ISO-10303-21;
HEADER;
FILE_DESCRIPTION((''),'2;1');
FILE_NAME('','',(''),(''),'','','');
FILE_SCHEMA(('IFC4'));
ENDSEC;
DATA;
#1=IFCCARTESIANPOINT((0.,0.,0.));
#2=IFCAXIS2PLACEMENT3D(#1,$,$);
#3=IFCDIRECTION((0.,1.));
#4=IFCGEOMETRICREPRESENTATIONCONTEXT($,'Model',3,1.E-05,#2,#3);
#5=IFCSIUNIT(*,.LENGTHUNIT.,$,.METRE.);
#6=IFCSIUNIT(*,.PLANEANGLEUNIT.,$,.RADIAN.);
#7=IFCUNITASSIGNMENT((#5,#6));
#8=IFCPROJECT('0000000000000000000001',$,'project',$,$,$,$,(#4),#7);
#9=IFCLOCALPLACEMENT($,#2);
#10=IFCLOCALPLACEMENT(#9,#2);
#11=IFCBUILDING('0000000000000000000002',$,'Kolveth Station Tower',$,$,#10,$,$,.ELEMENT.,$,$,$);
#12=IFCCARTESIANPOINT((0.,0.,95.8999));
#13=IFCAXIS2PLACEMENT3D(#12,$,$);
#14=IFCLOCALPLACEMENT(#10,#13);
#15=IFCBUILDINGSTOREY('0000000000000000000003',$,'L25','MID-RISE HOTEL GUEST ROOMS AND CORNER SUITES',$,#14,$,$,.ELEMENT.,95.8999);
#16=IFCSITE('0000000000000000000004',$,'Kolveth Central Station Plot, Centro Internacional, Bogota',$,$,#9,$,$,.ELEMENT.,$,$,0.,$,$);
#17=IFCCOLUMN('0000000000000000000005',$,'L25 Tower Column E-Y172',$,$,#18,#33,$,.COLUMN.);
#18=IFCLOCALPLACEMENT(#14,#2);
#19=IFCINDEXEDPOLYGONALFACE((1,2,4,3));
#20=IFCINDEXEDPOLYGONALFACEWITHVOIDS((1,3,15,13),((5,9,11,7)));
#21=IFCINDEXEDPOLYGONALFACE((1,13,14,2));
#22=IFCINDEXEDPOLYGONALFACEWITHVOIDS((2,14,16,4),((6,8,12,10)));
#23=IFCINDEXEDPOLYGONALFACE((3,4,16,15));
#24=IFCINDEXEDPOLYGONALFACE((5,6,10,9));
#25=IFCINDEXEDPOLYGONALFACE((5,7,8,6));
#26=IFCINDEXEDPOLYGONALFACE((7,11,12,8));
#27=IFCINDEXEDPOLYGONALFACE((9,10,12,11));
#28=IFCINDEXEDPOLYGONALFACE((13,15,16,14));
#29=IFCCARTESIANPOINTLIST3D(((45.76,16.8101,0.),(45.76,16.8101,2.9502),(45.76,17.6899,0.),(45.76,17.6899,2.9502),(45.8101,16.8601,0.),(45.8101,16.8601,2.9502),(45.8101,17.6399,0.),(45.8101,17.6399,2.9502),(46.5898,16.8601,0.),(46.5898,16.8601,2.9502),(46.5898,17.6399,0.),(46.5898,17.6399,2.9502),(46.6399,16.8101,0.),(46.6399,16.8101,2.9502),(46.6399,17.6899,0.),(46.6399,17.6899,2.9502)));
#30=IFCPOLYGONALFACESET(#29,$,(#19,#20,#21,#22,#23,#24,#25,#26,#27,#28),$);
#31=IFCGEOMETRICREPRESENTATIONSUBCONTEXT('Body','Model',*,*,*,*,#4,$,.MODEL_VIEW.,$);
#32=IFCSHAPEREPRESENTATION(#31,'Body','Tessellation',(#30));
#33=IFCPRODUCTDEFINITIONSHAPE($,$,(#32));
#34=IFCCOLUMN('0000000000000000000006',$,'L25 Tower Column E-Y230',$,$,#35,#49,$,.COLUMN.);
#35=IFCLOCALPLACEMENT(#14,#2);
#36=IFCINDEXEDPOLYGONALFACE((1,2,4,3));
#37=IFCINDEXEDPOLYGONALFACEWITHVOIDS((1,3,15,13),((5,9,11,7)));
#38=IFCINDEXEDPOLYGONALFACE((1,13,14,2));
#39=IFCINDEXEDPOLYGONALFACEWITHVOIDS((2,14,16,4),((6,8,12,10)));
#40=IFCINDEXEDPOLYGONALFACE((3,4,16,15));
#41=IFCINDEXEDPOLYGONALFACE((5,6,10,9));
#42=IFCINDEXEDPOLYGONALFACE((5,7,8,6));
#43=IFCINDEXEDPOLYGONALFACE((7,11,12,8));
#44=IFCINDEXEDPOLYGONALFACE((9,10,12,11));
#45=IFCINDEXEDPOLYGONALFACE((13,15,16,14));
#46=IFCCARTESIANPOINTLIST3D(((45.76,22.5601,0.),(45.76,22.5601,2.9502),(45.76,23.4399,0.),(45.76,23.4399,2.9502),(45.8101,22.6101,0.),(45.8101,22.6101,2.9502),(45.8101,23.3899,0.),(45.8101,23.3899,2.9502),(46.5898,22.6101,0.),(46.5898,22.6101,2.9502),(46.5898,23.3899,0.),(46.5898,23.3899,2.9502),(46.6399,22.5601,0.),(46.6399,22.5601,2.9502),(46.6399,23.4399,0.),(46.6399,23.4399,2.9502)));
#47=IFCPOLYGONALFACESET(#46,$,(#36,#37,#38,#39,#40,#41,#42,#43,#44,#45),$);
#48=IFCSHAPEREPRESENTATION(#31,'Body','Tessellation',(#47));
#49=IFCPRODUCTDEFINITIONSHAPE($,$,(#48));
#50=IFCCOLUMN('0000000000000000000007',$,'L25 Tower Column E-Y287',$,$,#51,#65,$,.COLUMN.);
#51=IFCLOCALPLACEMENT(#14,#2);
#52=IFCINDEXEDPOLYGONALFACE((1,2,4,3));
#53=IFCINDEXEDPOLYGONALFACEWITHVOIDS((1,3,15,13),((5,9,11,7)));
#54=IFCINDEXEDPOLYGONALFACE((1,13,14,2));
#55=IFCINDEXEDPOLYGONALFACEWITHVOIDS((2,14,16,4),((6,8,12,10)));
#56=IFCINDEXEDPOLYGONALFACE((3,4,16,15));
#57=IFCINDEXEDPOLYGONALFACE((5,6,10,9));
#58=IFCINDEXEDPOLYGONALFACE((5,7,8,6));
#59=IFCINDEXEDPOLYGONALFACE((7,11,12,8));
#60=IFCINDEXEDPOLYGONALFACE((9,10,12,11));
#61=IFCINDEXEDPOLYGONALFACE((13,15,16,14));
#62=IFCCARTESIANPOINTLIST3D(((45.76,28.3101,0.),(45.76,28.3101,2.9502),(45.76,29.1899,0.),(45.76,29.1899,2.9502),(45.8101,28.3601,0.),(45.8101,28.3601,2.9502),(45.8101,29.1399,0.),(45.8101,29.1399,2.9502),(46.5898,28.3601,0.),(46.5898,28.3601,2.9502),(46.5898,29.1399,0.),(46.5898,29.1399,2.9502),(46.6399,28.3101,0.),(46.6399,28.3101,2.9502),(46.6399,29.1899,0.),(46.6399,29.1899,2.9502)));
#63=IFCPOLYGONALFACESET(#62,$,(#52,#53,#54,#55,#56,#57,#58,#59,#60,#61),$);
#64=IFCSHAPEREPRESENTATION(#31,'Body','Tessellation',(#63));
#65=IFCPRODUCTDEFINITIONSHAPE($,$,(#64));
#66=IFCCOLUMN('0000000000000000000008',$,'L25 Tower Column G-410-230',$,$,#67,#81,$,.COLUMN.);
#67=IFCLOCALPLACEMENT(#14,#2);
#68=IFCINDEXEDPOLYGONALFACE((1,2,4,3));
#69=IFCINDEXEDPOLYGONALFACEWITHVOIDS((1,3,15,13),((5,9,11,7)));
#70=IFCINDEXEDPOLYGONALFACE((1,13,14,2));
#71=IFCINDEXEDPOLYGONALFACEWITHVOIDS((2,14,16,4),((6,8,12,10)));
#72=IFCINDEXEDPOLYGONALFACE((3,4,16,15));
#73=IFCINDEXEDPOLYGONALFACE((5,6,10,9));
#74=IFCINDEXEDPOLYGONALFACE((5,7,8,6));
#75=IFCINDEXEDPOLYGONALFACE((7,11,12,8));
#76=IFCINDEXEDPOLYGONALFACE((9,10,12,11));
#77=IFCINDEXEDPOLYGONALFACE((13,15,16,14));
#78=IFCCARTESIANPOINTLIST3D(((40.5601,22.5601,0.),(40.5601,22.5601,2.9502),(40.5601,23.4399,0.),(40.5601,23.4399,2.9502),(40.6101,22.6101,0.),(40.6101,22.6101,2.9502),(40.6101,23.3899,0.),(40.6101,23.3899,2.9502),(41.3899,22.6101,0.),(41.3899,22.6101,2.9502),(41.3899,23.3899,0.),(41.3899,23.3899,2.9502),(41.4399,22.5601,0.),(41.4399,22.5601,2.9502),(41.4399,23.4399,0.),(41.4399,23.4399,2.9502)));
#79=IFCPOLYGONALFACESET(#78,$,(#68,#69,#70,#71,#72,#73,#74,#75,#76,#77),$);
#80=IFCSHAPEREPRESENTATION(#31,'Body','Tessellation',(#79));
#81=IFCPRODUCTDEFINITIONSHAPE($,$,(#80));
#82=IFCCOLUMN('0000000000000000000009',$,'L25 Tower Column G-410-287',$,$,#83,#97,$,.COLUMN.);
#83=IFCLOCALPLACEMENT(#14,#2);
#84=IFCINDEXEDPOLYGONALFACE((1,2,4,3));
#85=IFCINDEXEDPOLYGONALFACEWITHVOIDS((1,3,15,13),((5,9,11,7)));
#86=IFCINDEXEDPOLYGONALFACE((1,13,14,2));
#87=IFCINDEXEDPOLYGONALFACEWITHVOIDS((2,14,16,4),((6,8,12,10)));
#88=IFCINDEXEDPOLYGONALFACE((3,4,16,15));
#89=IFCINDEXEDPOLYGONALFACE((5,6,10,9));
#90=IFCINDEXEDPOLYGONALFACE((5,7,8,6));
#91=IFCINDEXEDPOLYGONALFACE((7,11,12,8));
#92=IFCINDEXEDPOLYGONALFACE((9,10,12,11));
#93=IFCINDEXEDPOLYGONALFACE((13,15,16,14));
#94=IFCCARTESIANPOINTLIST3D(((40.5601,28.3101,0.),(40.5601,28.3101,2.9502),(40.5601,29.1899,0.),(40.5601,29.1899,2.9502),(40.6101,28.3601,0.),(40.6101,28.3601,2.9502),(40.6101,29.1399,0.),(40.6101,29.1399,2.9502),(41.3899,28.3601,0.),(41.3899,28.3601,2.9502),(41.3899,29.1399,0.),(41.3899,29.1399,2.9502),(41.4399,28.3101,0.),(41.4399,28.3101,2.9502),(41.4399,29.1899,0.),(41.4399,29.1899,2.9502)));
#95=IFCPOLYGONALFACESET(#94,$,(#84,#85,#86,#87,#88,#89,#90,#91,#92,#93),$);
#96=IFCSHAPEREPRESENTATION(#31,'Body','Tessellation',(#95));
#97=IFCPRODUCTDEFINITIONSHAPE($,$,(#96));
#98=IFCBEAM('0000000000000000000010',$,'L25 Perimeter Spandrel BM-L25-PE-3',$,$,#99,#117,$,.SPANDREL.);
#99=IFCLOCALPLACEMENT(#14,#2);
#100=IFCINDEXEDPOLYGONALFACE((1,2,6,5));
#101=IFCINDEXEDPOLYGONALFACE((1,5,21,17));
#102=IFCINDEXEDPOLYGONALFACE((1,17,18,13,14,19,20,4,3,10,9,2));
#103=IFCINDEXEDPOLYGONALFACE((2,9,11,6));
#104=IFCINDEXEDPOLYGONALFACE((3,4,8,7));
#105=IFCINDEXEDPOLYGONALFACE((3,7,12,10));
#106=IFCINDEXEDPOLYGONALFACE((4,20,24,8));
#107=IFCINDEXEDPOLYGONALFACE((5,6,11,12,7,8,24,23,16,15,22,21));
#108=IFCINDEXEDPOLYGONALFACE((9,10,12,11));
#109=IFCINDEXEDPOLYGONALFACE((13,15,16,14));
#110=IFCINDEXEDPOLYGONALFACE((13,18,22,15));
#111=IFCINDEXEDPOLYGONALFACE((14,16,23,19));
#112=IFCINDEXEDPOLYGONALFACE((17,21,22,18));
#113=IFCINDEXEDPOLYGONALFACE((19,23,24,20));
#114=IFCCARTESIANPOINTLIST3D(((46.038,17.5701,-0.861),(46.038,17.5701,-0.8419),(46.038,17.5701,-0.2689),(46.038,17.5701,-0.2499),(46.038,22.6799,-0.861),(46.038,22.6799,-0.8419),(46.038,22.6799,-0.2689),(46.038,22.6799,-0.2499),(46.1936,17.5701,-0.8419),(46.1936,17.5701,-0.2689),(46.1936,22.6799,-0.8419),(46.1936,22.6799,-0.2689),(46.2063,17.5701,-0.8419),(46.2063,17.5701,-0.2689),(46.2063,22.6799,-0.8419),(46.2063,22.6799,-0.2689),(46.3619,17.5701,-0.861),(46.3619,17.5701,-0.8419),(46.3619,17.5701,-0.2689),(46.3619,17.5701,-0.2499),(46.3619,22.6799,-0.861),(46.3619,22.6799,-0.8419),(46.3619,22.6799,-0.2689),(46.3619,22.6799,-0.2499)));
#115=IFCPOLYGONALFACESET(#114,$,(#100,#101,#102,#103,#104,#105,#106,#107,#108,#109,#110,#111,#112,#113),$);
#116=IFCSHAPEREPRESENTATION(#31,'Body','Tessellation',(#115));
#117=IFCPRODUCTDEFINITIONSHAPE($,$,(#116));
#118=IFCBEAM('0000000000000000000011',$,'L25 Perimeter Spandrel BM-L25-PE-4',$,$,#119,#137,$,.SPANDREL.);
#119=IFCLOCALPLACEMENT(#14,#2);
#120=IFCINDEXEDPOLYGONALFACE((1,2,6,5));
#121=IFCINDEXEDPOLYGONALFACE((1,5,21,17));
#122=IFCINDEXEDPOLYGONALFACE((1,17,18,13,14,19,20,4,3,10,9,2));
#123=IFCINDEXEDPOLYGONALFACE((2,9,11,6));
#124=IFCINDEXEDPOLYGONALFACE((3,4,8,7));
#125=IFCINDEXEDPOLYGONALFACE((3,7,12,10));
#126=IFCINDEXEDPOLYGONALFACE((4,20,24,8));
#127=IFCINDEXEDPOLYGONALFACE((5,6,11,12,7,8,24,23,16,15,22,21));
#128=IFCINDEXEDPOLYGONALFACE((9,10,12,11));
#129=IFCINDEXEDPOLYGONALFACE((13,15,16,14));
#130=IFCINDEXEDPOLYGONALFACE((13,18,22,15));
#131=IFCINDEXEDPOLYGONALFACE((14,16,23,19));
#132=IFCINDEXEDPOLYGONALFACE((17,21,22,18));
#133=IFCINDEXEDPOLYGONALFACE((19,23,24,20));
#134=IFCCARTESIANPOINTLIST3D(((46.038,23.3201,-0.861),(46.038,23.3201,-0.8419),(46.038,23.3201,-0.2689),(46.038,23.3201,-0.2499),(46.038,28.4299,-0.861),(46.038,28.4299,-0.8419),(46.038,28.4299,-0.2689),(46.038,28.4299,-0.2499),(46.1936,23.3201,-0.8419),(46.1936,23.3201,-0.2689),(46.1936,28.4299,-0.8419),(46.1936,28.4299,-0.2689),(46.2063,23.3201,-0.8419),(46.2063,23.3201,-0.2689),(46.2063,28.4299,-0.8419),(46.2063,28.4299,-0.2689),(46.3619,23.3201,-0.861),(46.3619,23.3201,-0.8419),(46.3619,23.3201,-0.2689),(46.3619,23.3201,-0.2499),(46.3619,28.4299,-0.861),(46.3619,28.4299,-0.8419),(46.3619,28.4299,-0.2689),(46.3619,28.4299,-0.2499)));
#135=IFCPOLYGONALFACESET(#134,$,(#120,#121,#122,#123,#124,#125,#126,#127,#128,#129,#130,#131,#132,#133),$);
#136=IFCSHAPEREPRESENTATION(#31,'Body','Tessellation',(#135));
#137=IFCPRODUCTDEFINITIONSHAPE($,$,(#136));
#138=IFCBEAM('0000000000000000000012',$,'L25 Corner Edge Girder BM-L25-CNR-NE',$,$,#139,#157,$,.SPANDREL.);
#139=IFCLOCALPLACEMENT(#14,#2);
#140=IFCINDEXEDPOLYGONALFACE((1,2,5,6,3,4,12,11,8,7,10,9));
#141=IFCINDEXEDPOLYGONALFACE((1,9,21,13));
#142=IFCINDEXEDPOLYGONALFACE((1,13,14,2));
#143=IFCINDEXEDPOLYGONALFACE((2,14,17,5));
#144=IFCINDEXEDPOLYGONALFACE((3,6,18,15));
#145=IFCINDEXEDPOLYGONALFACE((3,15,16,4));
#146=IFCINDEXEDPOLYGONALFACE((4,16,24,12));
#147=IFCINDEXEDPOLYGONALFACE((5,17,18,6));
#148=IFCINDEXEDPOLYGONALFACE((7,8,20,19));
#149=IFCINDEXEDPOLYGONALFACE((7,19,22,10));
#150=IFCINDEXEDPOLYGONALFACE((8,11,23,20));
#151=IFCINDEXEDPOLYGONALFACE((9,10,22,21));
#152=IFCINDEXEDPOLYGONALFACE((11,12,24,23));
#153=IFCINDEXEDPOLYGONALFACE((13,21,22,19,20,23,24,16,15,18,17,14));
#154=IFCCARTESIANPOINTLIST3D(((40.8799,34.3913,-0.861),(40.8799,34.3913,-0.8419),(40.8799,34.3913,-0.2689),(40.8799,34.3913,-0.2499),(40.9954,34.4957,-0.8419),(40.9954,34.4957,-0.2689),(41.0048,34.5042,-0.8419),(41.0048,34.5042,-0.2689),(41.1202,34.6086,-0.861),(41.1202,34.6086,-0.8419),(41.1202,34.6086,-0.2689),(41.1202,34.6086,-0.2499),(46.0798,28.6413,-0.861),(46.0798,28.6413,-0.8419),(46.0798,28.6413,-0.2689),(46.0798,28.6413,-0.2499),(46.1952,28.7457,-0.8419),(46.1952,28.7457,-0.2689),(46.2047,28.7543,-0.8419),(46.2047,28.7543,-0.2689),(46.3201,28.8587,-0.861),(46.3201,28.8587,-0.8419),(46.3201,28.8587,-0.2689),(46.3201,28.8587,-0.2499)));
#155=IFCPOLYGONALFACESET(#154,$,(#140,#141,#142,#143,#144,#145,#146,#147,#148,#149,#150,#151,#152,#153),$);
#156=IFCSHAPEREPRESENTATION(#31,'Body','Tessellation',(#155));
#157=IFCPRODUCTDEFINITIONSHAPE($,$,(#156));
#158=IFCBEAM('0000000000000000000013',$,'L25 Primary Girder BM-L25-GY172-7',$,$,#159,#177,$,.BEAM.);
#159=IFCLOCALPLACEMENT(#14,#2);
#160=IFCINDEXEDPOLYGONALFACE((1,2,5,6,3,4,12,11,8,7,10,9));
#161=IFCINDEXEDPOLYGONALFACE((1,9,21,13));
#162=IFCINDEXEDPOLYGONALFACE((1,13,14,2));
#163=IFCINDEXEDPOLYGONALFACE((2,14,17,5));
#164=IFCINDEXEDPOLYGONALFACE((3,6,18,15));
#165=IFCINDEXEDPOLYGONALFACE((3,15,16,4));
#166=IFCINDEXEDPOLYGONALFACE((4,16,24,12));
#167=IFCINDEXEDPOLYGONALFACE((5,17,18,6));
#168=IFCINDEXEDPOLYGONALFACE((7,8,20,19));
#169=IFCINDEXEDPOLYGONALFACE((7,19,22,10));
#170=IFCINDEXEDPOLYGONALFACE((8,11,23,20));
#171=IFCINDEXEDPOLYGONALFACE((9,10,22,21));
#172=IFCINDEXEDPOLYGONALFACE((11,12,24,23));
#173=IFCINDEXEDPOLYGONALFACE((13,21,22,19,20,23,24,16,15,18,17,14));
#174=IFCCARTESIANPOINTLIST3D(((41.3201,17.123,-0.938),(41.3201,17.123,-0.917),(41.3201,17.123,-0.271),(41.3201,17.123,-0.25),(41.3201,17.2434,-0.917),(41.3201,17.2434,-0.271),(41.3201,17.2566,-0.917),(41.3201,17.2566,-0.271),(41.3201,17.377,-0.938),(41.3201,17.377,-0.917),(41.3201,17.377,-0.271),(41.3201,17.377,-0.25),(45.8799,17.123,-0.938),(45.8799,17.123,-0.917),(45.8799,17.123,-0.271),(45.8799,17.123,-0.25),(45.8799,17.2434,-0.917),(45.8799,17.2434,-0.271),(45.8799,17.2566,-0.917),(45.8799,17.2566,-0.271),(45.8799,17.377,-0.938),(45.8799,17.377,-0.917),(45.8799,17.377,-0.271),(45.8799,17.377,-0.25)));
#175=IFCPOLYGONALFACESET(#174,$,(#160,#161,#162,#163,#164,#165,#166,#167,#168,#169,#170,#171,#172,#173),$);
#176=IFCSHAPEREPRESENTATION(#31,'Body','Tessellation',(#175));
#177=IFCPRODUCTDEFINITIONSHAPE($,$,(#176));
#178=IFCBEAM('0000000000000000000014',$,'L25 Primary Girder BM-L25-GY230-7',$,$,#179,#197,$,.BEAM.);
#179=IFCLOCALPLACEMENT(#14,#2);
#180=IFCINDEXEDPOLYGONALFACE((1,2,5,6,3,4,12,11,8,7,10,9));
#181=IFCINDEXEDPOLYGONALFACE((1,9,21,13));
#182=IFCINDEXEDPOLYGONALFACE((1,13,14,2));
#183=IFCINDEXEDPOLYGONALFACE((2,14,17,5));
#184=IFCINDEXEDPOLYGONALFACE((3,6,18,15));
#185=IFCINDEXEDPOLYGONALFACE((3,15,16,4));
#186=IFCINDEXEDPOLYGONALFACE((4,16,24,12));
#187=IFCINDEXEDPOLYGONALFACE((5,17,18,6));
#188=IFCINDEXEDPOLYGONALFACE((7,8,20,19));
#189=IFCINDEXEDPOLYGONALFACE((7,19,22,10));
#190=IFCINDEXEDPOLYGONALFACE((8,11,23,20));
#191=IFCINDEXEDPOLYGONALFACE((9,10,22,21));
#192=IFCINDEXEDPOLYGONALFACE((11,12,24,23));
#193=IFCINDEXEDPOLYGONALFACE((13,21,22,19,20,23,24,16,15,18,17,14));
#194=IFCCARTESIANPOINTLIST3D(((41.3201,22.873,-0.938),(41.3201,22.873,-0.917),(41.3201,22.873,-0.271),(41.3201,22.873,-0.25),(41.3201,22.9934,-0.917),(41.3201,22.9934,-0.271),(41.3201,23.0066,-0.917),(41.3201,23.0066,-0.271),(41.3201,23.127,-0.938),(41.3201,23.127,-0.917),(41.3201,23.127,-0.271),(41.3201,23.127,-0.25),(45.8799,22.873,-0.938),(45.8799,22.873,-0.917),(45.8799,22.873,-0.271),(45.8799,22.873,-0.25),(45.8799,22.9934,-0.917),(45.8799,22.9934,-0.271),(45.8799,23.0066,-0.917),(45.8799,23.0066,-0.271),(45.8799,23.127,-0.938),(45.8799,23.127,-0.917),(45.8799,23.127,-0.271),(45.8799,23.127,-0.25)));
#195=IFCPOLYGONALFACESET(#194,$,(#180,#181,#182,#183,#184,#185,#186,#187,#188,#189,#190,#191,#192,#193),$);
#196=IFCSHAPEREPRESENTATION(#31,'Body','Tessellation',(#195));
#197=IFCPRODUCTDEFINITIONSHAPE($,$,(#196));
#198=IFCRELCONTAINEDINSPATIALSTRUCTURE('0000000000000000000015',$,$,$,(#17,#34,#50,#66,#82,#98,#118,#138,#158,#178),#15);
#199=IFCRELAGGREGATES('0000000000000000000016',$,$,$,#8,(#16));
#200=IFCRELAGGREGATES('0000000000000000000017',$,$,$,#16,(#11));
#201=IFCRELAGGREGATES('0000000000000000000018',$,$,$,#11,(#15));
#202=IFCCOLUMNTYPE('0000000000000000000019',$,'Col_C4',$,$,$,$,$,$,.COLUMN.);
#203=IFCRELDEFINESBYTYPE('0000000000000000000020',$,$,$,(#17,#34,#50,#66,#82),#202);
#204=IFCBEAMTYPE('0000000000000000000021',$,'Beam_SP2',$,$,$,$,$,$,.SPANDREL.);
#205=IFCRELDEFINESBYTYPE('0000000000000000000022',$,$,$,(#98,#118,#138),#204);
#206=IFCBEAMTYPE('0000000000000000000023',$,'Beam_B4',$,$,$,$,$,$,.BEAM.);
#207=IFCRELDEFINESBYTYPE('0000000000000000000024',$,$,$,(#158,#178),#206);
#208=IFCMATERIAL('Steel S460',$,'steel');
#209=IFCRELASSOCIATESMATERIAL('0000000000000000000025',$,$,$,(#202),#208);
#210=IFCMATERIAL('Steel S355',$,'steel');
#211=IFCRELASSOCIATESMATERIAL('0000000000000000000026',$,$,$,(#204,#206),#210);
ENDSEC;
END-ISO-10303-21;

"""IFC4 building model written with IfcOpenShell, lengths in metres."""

from ifc_helpers import new_model, si_unit, direction, frame, origin, origin_2d, place, context, subcontext, project, spatial, hollow_rectangle, i_section, extrude, source, transform, mapped, material, material_profile, profile_set, type_object, element, save


model = new_model("IFC4")

# Units and contexts
model_context = context("Model", 3, precision=1e-05, world=origin(), true_north=direction((0.0, 1.0)))
body_context = subcontext(model_context, "Body", "Model", "MODEL_VIEW")
ifc_project = project(units=[si_unit("LENGTHUNIT", "METRE"), si_unit("PLANEANGLEUNIT", "RADIAN")], contexts=[model_context])

# Site, building, storey
site_placement = place(None, origin())
site = spatial("IfcSite", under=ifc_project, at=site_placement, Name="Kolveth Central Station Plot, Centro Internacional, Bogota", CompositionType="ELEMENT", RefElevation=0.0)
building_placement = place(site_placement, origin())
building = spatial("IfcBuilding", under=site, at=building_placement, Name="Kolveth Station Tower", CompositionType="ELEMENT")
storey_placement = place(building_placement, frame((0.0, 0.0, 95.8999)))
storey = spatial("IfcBuildingStorey", under=building, at=storey_placement, Name="L25", Description="MID-RISE HOTEL GUEST ROOMS AND CORNER SUITES", CompositionType="ELEMENT", Elevation=95.8999)

# Columns
ifc_material_1 = material(Name="Steel S460", Category="steel")
ifc_material_profile_1 = material_profile(ifc_material_1, hollow_rectangle(XDim=0.8799, YDim=0.8799, WallThickness=0.05, at=origin_2d()), Name="BOX880x880x50")
ifc_profile_set_1 = profile_set([ifc_material_profile_1], Name="Steel S460")
column_type = type_object("IfcColumnType", Name="Col_C4", PredefinedType="COLUMN", material=ifc_profile_set_1)
shared_shape_1 = source(origin(), body_context, "Body", "SweptSolid", [
    extrude(hollow_rectangle(XDim=0.8799, YDim=0.8799, WallThickness=0.05, at=origin_2d()), origin(), (0.0, 0.0, 1.0), 2.9502),
])
for number, where, z_axis, x_axis, name in (
    (1, (46.2, 17.25, 0.0), (0.0, 0.0, 1.0), (1.0, 0.0, 0.0), "L25 Tower Column E-Y172"),
    (2, (46.2, 23.0, 0.0), (0.0, 0.0, 1.0), (1.0, 0.0, 0.0), "L25 Tower Column E-Y230"),
    (3, (46.2, 28.75, 0.0), (0.0, 0.0, 1.0), (1.0, 0.0, 0.0), "L25 Tower Column E-Y287"),
    (4, (41.0, 23.0, 0.0), (0.0, 0.0, 1.0), (1.0, 0.0, 0.0), "L25 Tower Column G-410-230"),
    (5, (41.0, 28.75, 0.0), (0.0, 0.0, 1.0), (1.0, 0.0, 0.0), "L25 Tower Column G-410-287"),
):
    element("IfcColumn", number, at=place(storey_placement, frame(where, z_axis=z_axis, x_axis=x_axis)), inside=storey, type_object=column_type, Name=name, PredefinedType="COLUMN", context=body_context, shape_type="MappedRepresentation", body=[
        mapped(shared_shape_1, transform((0.0, 0.0, 0.0), x_axis=(1.0, 0.0, 0.0), y_axis=(0.0, 1.0, 0.0), z_axis=(0.0, 0.0, 1.0), scale=1.0)),
    ])

# Beams
ifc_material_2 = material(Name="Steel S355", Category="steel")
ifc_material_profile_2 = material_profile(ifc_material_2, i_section(OverallWidth=0.324, OverallDepth=0.6111, WebThickness=0.0127, FlangeThickness=0.019, at=origin_2d()), Name="W610x155")
ifc_profile_set_2 = profile_set([ifc_material_profile_2], Name="Steel S355")
beam_type_1 = type_object("IfcBeamType", Name="Beam_SP2", PredefinedType="SPANDREL", material=ifc_profile_set_2)
shared_shape_2 = source(origin(), body_context, "Body", "SweptSolid", [
    extrude(i_section(OverallWidth=0.324, OverallDepth=0.6111, WebThickness=0.0127, FlangeThickness=0.019, at=origin_2d()), origin(), (0.0, 0.0, 1.0), 5.1099),
])
for number, where, z_axis, x_axis, name in (
    (6, (46.2, 17.5701, -0.5554), (0.0, 1.0, 0.0), (-1.0, 0.0, 0.0), "L25 Perimeter Spandrel BM-L25-PE-3"),
    (7, (46.2, 23.3201, -0.5554), (0.0, 1.0, 0.0), (-1.0, 0.0, 0.0), "L25 Perimeter Spandrel BM-L25-PE-4"),
):
    element("IfcBeam", number, at=place(storey_placement, frame(where, z_axis=z_axis, x_axis=x_axis)), inside=storey, type_object=beam_type_1, Name=name, PredefinedType="SPANDREL", context=body_context, shape_type="MappedRepresentation", body=[
        mapped(shared_shape_2, transform((0.0, 0.0, 0.0), x_axis=(1.0, 0.0, 0.0), y_axis=(0.0, 1.0, 0.0), z_axis=(0.0, 0.0, 1.0), scale=1.0)),
    ])
shared_shape_3 = source(origin(), body_context, "Body", "SweptSolid", [
    extrude(i_section(OverallWidth=0.324, OverallDepth=0.6111, WebThickness=0.0127, FlangeThickness=0.019, at=origin_2d()), origin(), (0.0, 0.0, 1.0), 7.7524),
])
beam_placement = place(storey_placement, frame((46.2, 28.75, -0.5554), z_axis=(-0.670741, 0.741692, 0.0), x_axis=(-0.741692, -0.670741, 0.0)))
element("IfcBeam", 8, at=beam_placement, inside=storey, type_object=beam_type_1, Name="L25 Corner Edge Girder BM-L25-CNR-NE", PredefinedType="SPANDREL", context=body_context, shape_type="MappedRepresentation", body=[
    mapped(shared_shape_3, transform((0.0, 0.0, 0.0), x_axis=(1.0, 0.0, 0.0), y_axis=(0.0, 1.0, 0.0), z_axis=(0.0, 0.0, 1.0), scale=1.0)),
])
ifc_material_profile_3 = material_profile(ifc_material_2, i_section(OverallWidth=0.2539, OverallDepth=0.688, WebThickness=0.0132, FlangeThickness=0.021, at=origin_2d()), Name="W690x152")
ifc_profile_set_3 = profile_set([ifc_material_profile_3], Name="Steel S355")
beam_type_2 = type_object("IfcBeamType", Name="Beam_B4", PredefinedType="BEAM", material=ifc_profile_set_3)
shared_shape_4 = source(origin(), body_context, "Body", "SweptSolid", [
    extrude(i_section(OverallWidth=0.2539, OverallDepth=0.688, WebThickness=0.0132, FlangeThickness=0.021, at=origin_2d()), origin(), (0.0, 0.0, 1.0), 4.5598),
])
for number, where, z_axis, x_axis, name in (
    (9, (41.3201, 17.25, -0.594), (1.0, 0.0, 0.0), (0.0, 1.0, 0.0), "L25 Primary Girder BM-L25-GY172-7"),
    (10, (41.3201, 23.0, -0.594), (1.0, 0.0, 0.0), (0.0, 1.0, 0.0), "L25 Primary Girder BM-L25-GY230-7"),
):
    element("IfcBeam", number, at=place(storey_placement, frame(where, z_axis=z_axis, x_axis=x_axis)), inside=storey, type_object=beam_type_2, Name=name, PredefinedType="BEAM", context=body_context, shape_type="MappedRepresentation", body=[
        mapped(shared_shape_4, transform((0.0, 0.0, 0.0), x_axis=(1.0, 0.0, 0.0), y_axis=(0.0, 1.0, 0.0), z_axis=(0.0, 0.0, 1.0), scale=1.0)),
    ])

save(model, "model.ifc")
